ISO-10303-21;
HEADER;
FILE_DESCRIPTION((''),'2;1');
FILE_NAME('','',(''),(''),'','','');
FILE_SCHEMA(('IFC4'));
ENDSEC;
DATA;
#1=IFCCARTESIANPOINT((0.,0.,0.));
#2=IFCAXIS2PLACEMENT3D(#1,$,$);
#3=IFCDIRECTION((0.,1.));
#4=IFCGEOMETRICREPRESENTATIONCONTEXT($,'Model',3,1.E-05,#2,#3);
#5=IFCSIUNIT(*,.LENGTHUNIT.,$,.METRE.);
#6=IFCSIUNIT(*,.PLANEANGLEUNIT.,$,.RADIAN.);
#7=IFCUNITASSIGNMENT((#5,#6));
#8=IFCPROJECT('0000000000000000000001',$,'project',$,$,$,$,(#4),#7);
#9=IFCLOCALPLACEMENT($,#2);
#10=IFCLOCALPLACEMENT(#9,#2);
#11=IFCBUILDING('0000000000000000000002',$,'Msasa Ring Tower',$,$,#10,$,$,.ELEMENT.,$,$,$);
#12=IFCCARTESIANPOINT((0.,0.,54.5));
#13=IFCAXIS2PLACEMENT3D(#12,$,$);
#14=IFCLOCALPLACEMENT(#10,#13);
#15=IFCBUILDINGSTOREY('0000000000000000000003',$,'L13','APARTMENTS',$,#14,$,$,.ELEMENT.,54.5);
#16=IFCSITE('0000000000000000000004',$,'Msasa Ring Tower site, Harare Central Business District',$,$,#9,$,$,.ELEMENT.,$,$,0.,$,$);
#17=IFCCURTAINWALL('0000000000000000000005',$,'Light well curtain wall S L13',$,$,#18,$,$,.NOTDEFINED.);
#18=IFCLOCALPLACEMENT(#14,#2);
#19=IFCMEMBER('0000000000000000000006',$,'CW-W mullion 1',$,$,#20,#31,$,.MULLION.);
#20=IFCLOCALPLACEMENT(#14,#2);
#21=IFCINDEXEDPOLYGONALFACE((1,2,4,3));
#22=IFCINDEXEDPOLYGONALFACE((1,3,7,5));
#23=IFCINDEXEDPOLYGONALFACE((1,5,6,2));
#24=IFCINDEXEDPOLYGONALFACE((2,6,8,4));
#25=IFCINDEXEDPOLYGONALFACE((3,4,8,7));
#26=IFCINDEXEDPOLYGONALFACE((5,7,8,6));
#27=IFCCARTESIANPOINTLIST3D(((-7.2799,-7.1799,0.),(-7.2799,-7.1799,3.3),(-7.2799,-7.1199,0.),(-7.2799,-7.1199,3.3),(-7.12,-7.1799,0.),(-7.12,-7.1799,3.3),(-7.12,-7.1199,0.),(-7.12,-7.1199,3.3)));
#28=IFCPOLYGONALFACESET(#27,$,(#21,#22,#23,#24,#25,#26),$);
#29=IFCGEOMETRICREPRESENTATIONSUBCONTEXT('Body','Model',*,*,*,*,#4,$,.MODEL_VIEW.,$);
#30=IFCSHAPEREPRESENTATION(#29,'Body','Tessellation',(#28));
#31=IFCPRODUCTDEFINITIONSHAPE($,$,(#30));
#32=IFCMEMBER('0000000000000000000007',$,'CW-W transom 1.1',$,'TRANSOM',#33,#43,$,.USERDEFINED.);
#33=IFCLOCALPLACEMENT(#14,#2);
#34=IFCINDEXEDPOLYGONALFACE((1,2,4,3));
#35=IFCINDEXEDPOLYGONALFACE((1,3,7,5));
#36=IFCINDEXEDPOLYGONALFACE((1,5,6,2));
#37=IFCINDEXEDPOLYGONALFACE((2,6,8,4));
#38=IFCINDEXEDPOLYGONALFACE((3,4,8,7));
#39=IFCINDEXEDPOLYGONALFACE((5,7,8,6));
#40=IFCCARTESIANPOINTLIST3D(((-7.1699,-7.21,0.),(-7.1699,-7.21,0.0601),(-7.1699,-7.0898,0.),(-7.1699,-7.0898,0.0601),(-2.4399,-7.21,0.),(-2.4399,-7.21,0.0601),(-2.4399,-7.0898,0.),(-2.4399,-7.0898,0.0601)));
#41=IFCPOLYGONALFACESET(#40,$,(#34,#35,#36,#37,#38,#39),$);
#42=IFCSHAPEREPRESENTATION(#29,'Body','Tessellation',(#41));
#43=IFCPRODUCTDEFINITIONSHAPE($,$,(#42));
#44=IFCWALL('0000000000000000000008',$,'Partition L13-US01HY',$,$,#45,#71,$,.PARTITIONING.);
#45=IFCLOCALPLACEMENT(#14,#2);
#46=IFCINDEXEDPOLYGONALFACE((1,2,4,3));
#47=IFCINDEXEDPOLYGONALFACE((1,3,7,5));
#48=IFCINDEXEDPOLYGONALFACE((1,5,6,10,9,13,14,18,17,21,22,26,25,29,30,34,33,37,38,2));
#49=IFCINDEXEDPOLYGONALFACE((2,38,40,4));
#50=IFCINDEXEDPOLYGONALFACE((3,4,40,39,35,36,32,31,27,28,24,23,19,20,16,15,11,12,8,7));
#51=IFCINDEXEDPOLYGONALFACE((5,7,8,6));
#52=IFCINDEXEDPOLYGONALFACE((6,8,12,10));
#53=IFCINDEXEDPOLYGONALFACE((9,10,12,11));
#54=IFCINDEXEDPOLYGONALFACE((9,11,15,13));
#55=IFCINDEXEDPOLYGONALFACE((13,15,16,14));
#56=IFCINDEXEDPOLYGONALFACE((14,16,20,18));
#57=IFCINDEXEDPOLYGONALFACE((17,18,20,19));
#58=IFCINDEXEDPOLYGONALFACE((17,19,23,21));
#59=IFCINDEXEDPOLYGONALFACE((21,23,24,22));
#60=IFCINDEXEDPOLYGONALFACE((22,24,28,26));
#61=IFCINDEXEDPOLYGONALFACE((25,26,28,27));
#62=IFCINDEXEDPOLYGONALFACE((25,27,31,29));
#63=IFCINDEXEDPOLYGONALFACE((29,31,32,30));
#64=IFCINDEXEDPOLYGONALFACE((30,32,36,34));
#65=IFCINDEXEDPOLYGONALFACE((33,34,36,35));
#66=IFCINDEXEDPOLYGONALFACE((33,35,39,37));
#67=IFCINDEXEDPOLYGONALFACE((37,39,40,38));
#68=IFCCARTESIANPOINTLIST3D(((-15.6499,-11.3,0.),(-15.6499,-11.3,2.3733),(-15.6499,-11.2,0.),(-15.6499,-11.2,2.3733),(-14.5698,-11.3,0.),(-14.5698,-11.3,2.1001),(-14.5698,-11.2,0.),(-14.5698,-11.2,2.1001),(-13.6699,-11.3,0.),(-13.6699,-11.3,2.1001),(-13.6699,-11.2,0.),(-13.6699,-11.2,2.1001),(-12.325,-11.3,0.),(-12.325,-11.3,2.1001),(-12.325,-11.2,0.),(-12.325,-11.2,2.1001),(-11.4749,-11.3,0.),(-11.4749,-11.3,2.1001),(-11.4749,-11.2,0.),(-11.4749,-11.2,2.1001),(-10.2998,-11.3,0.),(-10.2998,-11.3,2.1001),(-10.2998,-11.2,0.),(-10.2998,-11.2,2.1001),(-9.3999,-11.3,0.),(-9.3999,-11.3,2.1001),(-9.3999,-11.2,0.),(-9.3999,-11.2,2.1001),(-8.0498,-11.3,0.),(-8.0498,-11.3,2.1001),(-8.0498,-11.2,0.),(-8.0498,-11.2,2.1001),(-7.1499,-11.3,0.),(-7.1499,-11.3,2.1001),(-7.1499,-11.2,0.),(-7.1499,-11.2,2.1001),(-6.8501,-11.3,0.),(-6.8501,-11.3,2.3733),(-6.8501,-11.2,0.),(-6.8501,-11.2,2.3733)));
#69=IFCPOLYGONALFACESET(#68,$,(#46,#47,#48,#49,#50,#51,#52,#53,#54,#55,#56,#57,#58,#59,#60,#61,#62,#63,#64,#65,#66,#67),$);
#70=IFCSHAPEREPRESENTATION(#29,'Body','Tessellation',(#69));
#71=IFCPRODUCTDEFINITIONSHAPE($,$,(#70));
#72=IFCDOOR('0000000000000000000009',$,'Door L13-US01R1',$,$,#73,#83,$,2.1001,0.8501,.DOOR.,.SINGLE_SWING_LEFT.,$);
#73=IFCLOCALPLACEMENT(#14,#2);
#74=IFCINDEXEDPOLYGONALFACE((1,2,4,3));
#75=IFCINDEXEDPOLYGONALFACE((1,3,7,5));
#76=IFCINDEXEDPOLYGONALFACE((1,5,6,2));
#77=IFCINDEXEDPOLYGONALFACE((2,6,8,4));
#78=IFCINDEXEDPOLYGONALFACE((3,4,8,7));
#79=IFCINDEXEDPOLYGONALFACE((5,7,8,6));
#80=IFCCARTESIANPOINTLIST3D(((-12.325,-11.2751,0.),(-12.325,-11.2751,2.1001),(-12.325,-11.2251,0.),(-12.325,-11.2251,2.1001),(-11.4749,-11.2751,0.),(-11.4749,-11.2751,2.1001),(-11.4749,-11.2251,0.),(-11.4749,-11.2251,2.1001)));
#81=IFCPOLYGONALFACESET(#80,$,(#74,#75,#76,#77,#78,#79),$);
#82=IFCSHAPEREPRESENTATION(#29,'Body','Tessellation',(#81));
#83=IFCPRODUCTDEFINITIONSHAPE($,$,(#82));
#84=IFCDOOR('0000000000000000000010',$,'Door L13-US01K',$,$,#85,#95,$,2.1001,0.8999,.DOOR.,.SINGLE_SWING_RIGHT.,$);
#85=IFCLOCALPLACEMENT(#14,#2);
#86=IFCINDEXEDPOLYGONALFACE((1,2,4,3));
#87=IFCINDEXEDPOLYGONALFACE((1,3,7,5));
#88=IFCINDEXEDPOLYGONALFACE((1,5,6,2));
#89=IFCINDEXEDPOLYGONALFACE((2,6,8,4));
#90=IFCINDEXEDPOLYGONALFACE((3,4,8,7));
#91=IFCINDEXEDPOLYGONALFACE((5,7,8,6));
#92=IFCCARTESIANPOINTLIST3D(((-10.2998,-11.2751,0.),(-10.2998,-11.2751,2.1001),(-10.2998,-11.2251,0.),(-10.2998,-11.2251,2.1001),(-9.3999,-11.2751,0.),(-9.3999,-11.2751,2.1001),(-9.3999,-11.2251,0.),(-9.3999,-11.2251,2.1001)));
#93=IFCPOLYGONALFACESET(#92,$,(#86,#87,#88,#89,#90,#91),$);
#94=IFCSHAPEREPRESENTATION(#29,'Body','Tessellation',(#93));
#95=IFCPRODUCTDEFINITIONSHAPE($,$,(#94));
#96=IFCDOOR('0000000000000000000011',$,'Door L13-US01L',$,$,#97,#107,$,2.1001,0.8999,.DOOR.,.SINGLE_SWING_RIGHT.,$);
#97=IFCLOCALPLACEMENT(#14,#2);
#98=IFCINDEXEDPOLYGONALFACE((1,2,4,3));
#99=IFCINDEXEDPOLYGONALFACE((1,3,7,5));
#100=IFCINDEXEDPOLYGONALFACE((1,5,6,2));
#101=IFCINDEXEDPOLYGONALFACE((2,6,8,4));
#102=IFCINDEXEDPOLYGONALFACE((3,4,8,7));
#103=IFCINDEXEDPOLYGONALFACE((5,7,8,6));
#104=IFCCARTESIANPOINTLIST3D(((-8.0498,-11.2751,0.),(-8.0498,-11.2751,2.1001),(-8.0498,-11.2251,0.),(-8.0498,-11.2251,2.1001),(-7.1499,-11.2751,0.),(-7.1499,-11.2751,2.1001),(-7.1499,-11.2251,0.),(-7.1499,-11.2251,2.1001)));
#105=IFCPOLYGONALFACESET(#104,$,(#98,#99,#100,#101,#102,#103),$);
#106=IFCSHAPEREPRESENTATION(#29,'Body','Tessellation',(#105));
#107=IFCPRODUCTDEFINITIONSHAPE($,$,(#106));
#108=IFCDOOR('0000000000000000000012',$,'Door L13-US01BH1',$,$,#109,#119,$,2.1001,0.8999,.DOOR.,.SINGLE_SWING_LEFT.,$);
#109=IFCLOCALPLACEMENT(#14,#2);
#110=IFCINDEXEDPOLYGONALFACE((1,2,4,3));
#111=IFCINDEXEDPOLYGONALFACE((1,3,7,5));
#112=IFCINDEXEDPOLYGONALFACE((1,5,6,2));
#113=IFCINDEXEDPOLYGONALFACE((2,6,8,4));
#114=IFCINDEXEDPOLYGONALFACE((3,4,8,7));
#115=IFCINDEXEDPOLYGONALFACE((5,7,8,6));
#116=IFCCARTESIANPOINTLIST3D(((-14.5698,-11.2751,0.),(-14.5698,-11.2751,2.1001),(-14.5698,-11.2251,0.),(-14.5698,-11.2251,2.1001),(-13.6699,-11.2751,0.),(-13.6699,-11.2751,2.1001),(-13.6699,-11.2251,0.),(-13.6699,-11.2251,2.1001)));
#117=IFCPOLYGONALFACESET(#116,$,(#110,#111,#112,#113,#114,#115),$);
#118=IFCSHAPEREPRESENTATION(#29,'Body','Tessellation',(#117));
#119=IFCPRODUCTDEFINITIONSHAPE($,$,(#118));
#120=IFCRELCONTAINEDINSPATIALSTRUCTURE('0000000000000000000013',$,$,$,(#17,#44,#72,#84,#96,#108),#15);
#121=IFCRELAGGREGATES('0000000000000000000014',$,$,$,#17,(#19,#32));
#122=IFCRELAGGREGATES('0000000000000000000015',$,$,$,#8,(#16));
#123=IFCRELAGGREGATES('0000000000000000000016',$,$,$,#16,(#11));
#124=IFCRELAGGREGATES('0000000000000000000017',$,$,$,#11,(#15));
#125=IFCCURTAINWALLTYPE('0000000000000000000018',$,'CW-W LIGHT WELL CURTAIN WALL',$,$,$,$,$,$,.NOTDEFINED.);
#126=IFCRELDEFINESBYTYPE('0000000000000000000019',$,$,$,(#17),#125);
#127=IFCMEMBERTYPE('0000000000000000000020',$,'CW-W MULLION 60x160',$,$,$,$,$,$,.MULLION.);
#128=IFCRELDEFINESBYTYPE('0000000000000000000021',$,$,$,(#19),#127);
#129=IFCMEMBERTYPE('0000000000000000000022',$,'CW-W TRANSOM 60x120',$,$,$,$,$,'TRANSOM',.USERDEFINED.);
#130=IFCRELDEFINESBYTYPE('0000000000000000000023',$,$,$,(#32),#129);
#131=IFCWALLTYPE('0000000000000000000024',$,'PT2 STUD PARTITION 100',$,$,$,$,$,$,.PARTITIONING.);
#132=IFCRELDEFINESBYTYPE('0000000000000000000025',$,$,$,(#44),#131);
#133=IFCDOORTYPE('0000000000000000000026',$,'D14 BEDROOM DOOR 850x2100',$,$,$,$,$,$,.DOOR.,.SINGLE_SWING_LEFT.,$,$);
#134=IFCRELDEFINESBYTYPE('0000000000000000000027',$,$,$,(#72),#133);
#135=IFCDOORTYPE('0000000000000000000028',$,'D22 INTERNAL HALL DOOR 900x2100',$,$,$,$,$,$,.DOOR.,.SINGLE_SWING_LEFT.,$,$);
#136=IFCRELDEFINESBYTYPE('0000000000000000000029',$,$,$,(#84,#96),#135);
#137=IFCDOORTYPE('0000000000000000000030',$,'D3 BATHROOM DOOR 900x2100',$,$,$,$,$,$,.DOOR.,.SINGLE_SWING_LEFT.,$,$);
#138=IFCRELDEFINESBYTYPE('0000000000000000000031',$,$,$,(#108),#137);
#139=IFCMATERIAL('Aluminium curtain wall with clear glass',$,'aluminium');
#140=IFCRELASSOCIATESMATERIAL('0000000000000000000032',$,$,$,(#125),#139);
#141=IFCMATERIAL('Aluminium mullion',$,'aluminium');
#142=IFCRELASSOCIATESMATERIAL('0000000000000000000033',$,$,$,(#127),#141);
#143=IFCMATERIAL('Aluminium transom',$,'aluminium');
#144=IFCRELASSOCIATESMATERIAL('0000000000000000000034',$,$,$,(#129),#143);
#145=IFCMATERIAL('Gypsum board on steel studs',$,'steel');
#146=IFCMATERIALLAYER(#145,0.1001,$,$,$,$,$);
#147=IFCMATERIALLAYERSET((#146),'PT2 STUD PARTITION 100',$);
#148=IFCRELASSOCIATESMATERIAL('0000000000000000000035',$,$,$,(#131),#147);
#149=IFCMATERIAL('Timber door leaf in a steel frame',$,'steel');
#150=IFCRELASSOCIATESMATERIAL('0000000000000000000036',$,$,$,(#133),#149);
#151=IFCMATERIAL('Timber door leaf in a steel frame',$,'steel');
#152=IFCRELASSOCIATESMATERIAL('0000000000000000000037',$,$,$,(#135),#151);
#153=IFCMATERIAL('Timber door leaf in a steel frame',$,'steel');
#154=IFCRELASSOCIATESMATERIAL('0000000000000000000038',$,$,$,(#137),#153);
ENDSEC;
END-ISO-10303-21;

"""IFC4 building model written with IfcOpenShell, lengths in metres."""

from ifc_helpers import new_model, si_unit, direction, frame, frame_2d, origin, origin_2d, place, context, subcontext, project, spatial, rectangle, extrude, material, layer, layer_set, material_profile, profile_set, type_object, element, fill, aggregate, save


model = new_model("IFC4")

# Units and contexts
model_context = context("Model", 3, precision=1e-05, world=origin(), true_north=direction((0.0, 1.0)))
body_context = subcontext(model_context, "Body", "Model", "MODEL_VIEW")
ifc_project = project(units=[si_unit("LENGTHUNIT", "METRE"), si_unit("PLANEANGLEUNIT", "RADIAN")], contexts=[model_context])

# Site, building, storey
site_placement = place(None, origin())
site = spatial("IfcSite", under=ifc_project, at=site_placement, Name="Msasa Ring Tower site, Harare Central Business District", CompositionType="ELEMENT", RefElevation=0.0)
building_placement = place(site_placement, origin())
building = spatial("IfcBuilding", under=site, at=building_placement, Name="Msasa Ring Tower", CompositionType="ELEMENT")
storey_placement = place(building_placement, frame((0.0, 0.0, 54.5)))
storey = spatial("IfcBuildingStorey", under=building, at=storey_placement, Name="L13", Description="APARTMENTS", CompositionType="ELEMENT", Elevation=54.5)

# Curtain wall, members
ifc_material_1 = material(Name="Aluminium curtain wall with clear glass", Category="aluminium")
curtain_wall_type = type_object("IfcCurtainWallType", Name="CW-W LIGHT WELL CURTAIN WALL", PredefinedType="NOTDEFINED", material=ifc_material_1)
curtain_wall_placement = place(storey_placement, origin())
curtain_wall = element("IfcCurtainWall", 1, at=curtain_wall_placement, inside=storey, type_object=curtain_wall_type, Name="Light well curtain wall S L13", PredefinedType="NOTDEFINED")
ifc_material_2 = material(Name="Aluminium mullion", Category="aluminium")
ifc_material_profile_1 = material_profile(ifc_material_2, rectangle(XDim=0.0601, YDim=0.1599, at=origin_2d()), Name="AL 60x160")
ifc_profile_set_1 = profile_set([ifc_material_profile_1], Name="Aluminium mullion")
member_type_1 = type_object("IfcMemberType", Name="CW-W MULLION 60x160", PredefinedType="MULLION", material=ifc_profile_set_1)
member_1_placement = place(storey_placement, frame((-7.2, -7.1499, 0.0), z_axis=(0.0, 0.0, 1.0), x_axis=(0.0, 1.0, 0.0)))
member_1 = element("IfcMember", 2, at=member_1_placement, type_object=member_type_1, Name="CW-W mullion 1", PredefinedType="MULLION", context=body_context, shape_type="SweptSolid", body=[
    extrude(rectangle(XDim=0.0601, YDim=0.1599, at=origin_2d()), origin(), (0.0, 0.0, 1.0), 3.3),
])
ifc_material_3 = material(Name="Aluminium transom", Category="aluminium")
ifc_material_profile_2 = material_profile(ifc_material_3, rectangle(XDim=0.1201, YDim=0.0601, at=origin_2d()), Name="AL 60x120")
ifc_profile_set_2 = profile_set([ifc_material_profile_2], Name="Aluminium transom")
member_type_2 = type_object("IfcMemberType", Name="CW-W TRANSOM 60x120", ElementType="TRANSOM", PredefinedType="USERDEFINED", material=ifc_profile_set_2)
member_2_placement = place(storey_placement, frame((-7.1699, -7.1499, 0.03), z_axis=(1.0, 0.0, 0.0), x_axis=(0.0, 1.0, 0.0)))
member_2 = element("IfcMember", 3, at=member_2_placement, type_object=member_type_2, Name="CW-W transom 1.1", ObjectType="TRANSOM", PredefinedType="USERDEFINED", context=body_context, shape_type="SweptSolid", body=[
    extrude(rectangle(XDim=0.1201, YDim=0.0601, at=origin_2d()), origin(), (0.0, 0.0, 1.0), 4.73),
])
aggregate(curtain_wall, [member_1, member_2])

# Wall, openings, doors
ifc_material_4 = material(Name="Gypsum board on steel studs", Category="steel")
ifc_layer_1 = layer(ifc_material_4, 0.1001)
ifc_layer_set_1 = layer_set([ifc_layer_1], Name="PT2 STUD PARTITION 100")
wall_type_1 = type_object("IfcWallType", Name="PT2 STUD PARTITION 100", PredefinedType="PARTITIONING", material=ifc_layer_set_1)
wall_1_placement = place(storey_placement, frame((-15.6499, -11.25, 0.0), z_axis=(0.0, 0.0, 1.0), x_axis=(1.0, 0.0, 0.0)))
wall_1 = element("IfcWall", 4, at=wall_1_placement, inside=storey, type_object=wall_type_1, Name="Partition L13-US01HY", PredefinedType="PARTITIONING", context=body_context, shape_type="SweptSolid", body=[
    extrude(rectangle(XDim=8.7998, YDim=0.1001, at=frame_2d((4.3999, 0.0))), origin(), (0.0, 0.0, 1.0), 2.3733),
])
opening_1_placement = place(wall_1_placement, frame((5.3501, 0.0, 0.0)))
opening_1 = element("IfcOpeningElement", 5, at=opening_1_placement, cuts=wall_1, PredefinedType="OPENING", context=body_context, shape_type="SweptSolid", body=[
    extrude(rectangle(XDim=0.8999, YDim=2.1001, at=frame_2d((0.45, 1.05))), frame((0.0, 0.0601, 0.0), z_axis=(0.0, -1.0, 0.0), x_axis=(1.0, 0.0, 0.0)), (0.0, 0.0, 1.0), 0.1201),
])
opening_2_placement = place(wall_1_placement, frame((7.6001, 0.0, 0.0)))
opening_2 = element("IfcOpeningElement", 6, at=opening_2_placement, cuts=wall_1, PredefinedType="OPENING", context=body_context, shape_type="SweptSolid", body=[
    extrude(rectangle(XDim=0.8999, YDim=2.1001, at=frame_2d((0.45, 1.05))), frame((0.0, 0.0601, 0.0), z_axis=(0.0, -1.0, 0.0), x_axis=(1.0, 0.0, 0.0)), (0.0, 0.0, 1.0), 0.1201),
])
opening_3_placement = place(wall_1_placement, frame((3.325, 0.0, 0.0)))
opening_3 = element("IfcOpeningElement", 7, at=opening_3_placement, cuts=wall_1, PredefinedType="OPENING", context=body_context, shape_type="SweptSolid", body=[
    extrude(rectangle(XDim=0.8501, YDim=2.1001, at=frame_2d((0.425, 1.05))), frame((0.0, 0.0601, 0.0), z_axis=(0.0, -1.0, 0.0), x_axis=(1.0, 0.0, 0.0)), (0.0, 0.0, 1.0), 0.1201),
])
opening_4_placement = place(wall_1_placement, frame((1.0801, 0.0, 0.0)))
opening_4 = element("IfcOpeningElement", 8, at=opening_4_placement, cuts=wall_1, PredefinedType="OPENING", context=body_context, shape_type="SweptSolid", body=[
    extrude(rectangle(XDim=0.8999, YDim=2.1001, at=frame_2d((0.45, 1.05))), frame((0.0, 0.0601, 0.0), z_axis=(0.0, -1.0, 0.0), x_axis=(1.0, 0.0, 0.0)), (0.0, 0.0, 1.0), 0.1201),
])
ifc_material_5 = material(Name="Timber door leaf in a steel frame", Category="steel")
door_type_1 = type_object("IfcDoorType", Name="D14 BEDROOM DOOR 850x2100", OperationType="SINGLE_SWING_LEFT", PredefinedType="DOOR", material=ifc_material_5)
door_1_placement = place(opening_3_placement, origin())
door_1 = element("IfcDoor", 9, at=door_1_placement, inside=storey, type_object=door_type_1, Name="Door L13-US01R1", OperationType="SINGLE_SWING_LEFT", OverallHeight=2.1001, OverallWidth=0.8501, PredefinedType="DOOR", context=body_context, shape_type="SweptSolid", body=[
    extrude(rectangle(XDim=0.8501, YDim=2.1001, at=frame_2d((0.425, 1.05))), frame((0.0, 0.0249, 0.0), z_axis=(0.0, -1.0, 0.0), x_axis=(1.0, 0.0, 0.0)), (0.0, 0.0, 1.0), 0.05),
])
fill(opening_3, door_1)
ifc_material_6 = material(Name="Timber door leaf in a steel frame", Category="steel")
door_type_2 = type_object("IfcDoorType", Name="D22 INTERNAL HALL DOOR 900x2100", OperationType="SINGLE_SWING_LEFT", PredefinedType="DOOR", material=ifc_material_6)
door_2_placement = place(opening_1_placement, origin())
door_2 = element("IfcDoor", 10, at=door_2_placement, inside=storey, type_object=door_type_2, Name="Door L13-US01K", OperationType="SINGLE_SWING_RIGHT", OverallHeight=2.1001, OverallWidth=0.8999, PredefinedType="DOOR", context=body_context, shape_type="SweptSolid", body=[
    extrude(rectangle(XDim=0.8999, YDim=2.1001, at=frame_2d((0.45, 1.05))), frame((0.0, 0.0249, 0.0), z_axis=(0.0, -1.0, 0.0), x_axis=(1.0, 0.0, 0.0)), (0.0, 0.0, 1.0), 0.05),
])
fill(opening_1, door_2)
door_3_placement = place(opening_2_placement, origin())
door_3 = element("IfcDoor", 11, at=door_3_placement, inside=storey, type_object=door_type_2, Name="Door L13-US01L", OperationType="SINGLE_SWING_RIGHT", OverallHeight=2.1001, OverallWidth=0.8999, PredefinedType="DOOR", context=body_context, shape_type="SweptSolid", body=[
    extrude(rectangle(XDim=0.8999, YDim=2.1001, at=frame_2d((0.45, 1.05))), frame((0.0, 0.0249, 0.0), z_axis=(0.0, -1.0, 0.0), x_axis=(1.0, 0.0, 0.0)), (0.0, 0.0, 1.0), 0.05),
])
fill(opening_2, door_3)
ifc_material_7 = material(Name="Timber door leaf in a steel frame", Category="steel")
door_type_3 = type_object("IfcDoorType", Name="D3 BATHROOM DOOR 900x2100", OperationType="SINGLE_SWING_LEFT", PredefinedType="DOOR", material=ifc_material_7)
door_4_placement = place(opening_4_placement, origin())
door_4 = element("IfcDoor", 12, at=door_4_placement, inside=storey, type_object=door_type_3, Name="Door L13-US01BH1", OperationType="SINGLE_SWING_LEFT", OverallHeight=2.1001, OverallWidth=0.8999, PredefinedType="DOOR", context=body_context, shape_type="SweptSolid", body=[
    extrude(rectangle(XDim=0.8999, YDim=2.1001, at=frame_2d((0.45, 1.05))), frame((0.0, 0.0249, 0.0), z_axis=(0.0, -1.0, 0.0), x_axis=(1.0, 0.0, 0.0)), (0.0, 0.0, 1.0), 0.05),
])
fill(opening_4, door_4)

save(model, "model.ifc")
